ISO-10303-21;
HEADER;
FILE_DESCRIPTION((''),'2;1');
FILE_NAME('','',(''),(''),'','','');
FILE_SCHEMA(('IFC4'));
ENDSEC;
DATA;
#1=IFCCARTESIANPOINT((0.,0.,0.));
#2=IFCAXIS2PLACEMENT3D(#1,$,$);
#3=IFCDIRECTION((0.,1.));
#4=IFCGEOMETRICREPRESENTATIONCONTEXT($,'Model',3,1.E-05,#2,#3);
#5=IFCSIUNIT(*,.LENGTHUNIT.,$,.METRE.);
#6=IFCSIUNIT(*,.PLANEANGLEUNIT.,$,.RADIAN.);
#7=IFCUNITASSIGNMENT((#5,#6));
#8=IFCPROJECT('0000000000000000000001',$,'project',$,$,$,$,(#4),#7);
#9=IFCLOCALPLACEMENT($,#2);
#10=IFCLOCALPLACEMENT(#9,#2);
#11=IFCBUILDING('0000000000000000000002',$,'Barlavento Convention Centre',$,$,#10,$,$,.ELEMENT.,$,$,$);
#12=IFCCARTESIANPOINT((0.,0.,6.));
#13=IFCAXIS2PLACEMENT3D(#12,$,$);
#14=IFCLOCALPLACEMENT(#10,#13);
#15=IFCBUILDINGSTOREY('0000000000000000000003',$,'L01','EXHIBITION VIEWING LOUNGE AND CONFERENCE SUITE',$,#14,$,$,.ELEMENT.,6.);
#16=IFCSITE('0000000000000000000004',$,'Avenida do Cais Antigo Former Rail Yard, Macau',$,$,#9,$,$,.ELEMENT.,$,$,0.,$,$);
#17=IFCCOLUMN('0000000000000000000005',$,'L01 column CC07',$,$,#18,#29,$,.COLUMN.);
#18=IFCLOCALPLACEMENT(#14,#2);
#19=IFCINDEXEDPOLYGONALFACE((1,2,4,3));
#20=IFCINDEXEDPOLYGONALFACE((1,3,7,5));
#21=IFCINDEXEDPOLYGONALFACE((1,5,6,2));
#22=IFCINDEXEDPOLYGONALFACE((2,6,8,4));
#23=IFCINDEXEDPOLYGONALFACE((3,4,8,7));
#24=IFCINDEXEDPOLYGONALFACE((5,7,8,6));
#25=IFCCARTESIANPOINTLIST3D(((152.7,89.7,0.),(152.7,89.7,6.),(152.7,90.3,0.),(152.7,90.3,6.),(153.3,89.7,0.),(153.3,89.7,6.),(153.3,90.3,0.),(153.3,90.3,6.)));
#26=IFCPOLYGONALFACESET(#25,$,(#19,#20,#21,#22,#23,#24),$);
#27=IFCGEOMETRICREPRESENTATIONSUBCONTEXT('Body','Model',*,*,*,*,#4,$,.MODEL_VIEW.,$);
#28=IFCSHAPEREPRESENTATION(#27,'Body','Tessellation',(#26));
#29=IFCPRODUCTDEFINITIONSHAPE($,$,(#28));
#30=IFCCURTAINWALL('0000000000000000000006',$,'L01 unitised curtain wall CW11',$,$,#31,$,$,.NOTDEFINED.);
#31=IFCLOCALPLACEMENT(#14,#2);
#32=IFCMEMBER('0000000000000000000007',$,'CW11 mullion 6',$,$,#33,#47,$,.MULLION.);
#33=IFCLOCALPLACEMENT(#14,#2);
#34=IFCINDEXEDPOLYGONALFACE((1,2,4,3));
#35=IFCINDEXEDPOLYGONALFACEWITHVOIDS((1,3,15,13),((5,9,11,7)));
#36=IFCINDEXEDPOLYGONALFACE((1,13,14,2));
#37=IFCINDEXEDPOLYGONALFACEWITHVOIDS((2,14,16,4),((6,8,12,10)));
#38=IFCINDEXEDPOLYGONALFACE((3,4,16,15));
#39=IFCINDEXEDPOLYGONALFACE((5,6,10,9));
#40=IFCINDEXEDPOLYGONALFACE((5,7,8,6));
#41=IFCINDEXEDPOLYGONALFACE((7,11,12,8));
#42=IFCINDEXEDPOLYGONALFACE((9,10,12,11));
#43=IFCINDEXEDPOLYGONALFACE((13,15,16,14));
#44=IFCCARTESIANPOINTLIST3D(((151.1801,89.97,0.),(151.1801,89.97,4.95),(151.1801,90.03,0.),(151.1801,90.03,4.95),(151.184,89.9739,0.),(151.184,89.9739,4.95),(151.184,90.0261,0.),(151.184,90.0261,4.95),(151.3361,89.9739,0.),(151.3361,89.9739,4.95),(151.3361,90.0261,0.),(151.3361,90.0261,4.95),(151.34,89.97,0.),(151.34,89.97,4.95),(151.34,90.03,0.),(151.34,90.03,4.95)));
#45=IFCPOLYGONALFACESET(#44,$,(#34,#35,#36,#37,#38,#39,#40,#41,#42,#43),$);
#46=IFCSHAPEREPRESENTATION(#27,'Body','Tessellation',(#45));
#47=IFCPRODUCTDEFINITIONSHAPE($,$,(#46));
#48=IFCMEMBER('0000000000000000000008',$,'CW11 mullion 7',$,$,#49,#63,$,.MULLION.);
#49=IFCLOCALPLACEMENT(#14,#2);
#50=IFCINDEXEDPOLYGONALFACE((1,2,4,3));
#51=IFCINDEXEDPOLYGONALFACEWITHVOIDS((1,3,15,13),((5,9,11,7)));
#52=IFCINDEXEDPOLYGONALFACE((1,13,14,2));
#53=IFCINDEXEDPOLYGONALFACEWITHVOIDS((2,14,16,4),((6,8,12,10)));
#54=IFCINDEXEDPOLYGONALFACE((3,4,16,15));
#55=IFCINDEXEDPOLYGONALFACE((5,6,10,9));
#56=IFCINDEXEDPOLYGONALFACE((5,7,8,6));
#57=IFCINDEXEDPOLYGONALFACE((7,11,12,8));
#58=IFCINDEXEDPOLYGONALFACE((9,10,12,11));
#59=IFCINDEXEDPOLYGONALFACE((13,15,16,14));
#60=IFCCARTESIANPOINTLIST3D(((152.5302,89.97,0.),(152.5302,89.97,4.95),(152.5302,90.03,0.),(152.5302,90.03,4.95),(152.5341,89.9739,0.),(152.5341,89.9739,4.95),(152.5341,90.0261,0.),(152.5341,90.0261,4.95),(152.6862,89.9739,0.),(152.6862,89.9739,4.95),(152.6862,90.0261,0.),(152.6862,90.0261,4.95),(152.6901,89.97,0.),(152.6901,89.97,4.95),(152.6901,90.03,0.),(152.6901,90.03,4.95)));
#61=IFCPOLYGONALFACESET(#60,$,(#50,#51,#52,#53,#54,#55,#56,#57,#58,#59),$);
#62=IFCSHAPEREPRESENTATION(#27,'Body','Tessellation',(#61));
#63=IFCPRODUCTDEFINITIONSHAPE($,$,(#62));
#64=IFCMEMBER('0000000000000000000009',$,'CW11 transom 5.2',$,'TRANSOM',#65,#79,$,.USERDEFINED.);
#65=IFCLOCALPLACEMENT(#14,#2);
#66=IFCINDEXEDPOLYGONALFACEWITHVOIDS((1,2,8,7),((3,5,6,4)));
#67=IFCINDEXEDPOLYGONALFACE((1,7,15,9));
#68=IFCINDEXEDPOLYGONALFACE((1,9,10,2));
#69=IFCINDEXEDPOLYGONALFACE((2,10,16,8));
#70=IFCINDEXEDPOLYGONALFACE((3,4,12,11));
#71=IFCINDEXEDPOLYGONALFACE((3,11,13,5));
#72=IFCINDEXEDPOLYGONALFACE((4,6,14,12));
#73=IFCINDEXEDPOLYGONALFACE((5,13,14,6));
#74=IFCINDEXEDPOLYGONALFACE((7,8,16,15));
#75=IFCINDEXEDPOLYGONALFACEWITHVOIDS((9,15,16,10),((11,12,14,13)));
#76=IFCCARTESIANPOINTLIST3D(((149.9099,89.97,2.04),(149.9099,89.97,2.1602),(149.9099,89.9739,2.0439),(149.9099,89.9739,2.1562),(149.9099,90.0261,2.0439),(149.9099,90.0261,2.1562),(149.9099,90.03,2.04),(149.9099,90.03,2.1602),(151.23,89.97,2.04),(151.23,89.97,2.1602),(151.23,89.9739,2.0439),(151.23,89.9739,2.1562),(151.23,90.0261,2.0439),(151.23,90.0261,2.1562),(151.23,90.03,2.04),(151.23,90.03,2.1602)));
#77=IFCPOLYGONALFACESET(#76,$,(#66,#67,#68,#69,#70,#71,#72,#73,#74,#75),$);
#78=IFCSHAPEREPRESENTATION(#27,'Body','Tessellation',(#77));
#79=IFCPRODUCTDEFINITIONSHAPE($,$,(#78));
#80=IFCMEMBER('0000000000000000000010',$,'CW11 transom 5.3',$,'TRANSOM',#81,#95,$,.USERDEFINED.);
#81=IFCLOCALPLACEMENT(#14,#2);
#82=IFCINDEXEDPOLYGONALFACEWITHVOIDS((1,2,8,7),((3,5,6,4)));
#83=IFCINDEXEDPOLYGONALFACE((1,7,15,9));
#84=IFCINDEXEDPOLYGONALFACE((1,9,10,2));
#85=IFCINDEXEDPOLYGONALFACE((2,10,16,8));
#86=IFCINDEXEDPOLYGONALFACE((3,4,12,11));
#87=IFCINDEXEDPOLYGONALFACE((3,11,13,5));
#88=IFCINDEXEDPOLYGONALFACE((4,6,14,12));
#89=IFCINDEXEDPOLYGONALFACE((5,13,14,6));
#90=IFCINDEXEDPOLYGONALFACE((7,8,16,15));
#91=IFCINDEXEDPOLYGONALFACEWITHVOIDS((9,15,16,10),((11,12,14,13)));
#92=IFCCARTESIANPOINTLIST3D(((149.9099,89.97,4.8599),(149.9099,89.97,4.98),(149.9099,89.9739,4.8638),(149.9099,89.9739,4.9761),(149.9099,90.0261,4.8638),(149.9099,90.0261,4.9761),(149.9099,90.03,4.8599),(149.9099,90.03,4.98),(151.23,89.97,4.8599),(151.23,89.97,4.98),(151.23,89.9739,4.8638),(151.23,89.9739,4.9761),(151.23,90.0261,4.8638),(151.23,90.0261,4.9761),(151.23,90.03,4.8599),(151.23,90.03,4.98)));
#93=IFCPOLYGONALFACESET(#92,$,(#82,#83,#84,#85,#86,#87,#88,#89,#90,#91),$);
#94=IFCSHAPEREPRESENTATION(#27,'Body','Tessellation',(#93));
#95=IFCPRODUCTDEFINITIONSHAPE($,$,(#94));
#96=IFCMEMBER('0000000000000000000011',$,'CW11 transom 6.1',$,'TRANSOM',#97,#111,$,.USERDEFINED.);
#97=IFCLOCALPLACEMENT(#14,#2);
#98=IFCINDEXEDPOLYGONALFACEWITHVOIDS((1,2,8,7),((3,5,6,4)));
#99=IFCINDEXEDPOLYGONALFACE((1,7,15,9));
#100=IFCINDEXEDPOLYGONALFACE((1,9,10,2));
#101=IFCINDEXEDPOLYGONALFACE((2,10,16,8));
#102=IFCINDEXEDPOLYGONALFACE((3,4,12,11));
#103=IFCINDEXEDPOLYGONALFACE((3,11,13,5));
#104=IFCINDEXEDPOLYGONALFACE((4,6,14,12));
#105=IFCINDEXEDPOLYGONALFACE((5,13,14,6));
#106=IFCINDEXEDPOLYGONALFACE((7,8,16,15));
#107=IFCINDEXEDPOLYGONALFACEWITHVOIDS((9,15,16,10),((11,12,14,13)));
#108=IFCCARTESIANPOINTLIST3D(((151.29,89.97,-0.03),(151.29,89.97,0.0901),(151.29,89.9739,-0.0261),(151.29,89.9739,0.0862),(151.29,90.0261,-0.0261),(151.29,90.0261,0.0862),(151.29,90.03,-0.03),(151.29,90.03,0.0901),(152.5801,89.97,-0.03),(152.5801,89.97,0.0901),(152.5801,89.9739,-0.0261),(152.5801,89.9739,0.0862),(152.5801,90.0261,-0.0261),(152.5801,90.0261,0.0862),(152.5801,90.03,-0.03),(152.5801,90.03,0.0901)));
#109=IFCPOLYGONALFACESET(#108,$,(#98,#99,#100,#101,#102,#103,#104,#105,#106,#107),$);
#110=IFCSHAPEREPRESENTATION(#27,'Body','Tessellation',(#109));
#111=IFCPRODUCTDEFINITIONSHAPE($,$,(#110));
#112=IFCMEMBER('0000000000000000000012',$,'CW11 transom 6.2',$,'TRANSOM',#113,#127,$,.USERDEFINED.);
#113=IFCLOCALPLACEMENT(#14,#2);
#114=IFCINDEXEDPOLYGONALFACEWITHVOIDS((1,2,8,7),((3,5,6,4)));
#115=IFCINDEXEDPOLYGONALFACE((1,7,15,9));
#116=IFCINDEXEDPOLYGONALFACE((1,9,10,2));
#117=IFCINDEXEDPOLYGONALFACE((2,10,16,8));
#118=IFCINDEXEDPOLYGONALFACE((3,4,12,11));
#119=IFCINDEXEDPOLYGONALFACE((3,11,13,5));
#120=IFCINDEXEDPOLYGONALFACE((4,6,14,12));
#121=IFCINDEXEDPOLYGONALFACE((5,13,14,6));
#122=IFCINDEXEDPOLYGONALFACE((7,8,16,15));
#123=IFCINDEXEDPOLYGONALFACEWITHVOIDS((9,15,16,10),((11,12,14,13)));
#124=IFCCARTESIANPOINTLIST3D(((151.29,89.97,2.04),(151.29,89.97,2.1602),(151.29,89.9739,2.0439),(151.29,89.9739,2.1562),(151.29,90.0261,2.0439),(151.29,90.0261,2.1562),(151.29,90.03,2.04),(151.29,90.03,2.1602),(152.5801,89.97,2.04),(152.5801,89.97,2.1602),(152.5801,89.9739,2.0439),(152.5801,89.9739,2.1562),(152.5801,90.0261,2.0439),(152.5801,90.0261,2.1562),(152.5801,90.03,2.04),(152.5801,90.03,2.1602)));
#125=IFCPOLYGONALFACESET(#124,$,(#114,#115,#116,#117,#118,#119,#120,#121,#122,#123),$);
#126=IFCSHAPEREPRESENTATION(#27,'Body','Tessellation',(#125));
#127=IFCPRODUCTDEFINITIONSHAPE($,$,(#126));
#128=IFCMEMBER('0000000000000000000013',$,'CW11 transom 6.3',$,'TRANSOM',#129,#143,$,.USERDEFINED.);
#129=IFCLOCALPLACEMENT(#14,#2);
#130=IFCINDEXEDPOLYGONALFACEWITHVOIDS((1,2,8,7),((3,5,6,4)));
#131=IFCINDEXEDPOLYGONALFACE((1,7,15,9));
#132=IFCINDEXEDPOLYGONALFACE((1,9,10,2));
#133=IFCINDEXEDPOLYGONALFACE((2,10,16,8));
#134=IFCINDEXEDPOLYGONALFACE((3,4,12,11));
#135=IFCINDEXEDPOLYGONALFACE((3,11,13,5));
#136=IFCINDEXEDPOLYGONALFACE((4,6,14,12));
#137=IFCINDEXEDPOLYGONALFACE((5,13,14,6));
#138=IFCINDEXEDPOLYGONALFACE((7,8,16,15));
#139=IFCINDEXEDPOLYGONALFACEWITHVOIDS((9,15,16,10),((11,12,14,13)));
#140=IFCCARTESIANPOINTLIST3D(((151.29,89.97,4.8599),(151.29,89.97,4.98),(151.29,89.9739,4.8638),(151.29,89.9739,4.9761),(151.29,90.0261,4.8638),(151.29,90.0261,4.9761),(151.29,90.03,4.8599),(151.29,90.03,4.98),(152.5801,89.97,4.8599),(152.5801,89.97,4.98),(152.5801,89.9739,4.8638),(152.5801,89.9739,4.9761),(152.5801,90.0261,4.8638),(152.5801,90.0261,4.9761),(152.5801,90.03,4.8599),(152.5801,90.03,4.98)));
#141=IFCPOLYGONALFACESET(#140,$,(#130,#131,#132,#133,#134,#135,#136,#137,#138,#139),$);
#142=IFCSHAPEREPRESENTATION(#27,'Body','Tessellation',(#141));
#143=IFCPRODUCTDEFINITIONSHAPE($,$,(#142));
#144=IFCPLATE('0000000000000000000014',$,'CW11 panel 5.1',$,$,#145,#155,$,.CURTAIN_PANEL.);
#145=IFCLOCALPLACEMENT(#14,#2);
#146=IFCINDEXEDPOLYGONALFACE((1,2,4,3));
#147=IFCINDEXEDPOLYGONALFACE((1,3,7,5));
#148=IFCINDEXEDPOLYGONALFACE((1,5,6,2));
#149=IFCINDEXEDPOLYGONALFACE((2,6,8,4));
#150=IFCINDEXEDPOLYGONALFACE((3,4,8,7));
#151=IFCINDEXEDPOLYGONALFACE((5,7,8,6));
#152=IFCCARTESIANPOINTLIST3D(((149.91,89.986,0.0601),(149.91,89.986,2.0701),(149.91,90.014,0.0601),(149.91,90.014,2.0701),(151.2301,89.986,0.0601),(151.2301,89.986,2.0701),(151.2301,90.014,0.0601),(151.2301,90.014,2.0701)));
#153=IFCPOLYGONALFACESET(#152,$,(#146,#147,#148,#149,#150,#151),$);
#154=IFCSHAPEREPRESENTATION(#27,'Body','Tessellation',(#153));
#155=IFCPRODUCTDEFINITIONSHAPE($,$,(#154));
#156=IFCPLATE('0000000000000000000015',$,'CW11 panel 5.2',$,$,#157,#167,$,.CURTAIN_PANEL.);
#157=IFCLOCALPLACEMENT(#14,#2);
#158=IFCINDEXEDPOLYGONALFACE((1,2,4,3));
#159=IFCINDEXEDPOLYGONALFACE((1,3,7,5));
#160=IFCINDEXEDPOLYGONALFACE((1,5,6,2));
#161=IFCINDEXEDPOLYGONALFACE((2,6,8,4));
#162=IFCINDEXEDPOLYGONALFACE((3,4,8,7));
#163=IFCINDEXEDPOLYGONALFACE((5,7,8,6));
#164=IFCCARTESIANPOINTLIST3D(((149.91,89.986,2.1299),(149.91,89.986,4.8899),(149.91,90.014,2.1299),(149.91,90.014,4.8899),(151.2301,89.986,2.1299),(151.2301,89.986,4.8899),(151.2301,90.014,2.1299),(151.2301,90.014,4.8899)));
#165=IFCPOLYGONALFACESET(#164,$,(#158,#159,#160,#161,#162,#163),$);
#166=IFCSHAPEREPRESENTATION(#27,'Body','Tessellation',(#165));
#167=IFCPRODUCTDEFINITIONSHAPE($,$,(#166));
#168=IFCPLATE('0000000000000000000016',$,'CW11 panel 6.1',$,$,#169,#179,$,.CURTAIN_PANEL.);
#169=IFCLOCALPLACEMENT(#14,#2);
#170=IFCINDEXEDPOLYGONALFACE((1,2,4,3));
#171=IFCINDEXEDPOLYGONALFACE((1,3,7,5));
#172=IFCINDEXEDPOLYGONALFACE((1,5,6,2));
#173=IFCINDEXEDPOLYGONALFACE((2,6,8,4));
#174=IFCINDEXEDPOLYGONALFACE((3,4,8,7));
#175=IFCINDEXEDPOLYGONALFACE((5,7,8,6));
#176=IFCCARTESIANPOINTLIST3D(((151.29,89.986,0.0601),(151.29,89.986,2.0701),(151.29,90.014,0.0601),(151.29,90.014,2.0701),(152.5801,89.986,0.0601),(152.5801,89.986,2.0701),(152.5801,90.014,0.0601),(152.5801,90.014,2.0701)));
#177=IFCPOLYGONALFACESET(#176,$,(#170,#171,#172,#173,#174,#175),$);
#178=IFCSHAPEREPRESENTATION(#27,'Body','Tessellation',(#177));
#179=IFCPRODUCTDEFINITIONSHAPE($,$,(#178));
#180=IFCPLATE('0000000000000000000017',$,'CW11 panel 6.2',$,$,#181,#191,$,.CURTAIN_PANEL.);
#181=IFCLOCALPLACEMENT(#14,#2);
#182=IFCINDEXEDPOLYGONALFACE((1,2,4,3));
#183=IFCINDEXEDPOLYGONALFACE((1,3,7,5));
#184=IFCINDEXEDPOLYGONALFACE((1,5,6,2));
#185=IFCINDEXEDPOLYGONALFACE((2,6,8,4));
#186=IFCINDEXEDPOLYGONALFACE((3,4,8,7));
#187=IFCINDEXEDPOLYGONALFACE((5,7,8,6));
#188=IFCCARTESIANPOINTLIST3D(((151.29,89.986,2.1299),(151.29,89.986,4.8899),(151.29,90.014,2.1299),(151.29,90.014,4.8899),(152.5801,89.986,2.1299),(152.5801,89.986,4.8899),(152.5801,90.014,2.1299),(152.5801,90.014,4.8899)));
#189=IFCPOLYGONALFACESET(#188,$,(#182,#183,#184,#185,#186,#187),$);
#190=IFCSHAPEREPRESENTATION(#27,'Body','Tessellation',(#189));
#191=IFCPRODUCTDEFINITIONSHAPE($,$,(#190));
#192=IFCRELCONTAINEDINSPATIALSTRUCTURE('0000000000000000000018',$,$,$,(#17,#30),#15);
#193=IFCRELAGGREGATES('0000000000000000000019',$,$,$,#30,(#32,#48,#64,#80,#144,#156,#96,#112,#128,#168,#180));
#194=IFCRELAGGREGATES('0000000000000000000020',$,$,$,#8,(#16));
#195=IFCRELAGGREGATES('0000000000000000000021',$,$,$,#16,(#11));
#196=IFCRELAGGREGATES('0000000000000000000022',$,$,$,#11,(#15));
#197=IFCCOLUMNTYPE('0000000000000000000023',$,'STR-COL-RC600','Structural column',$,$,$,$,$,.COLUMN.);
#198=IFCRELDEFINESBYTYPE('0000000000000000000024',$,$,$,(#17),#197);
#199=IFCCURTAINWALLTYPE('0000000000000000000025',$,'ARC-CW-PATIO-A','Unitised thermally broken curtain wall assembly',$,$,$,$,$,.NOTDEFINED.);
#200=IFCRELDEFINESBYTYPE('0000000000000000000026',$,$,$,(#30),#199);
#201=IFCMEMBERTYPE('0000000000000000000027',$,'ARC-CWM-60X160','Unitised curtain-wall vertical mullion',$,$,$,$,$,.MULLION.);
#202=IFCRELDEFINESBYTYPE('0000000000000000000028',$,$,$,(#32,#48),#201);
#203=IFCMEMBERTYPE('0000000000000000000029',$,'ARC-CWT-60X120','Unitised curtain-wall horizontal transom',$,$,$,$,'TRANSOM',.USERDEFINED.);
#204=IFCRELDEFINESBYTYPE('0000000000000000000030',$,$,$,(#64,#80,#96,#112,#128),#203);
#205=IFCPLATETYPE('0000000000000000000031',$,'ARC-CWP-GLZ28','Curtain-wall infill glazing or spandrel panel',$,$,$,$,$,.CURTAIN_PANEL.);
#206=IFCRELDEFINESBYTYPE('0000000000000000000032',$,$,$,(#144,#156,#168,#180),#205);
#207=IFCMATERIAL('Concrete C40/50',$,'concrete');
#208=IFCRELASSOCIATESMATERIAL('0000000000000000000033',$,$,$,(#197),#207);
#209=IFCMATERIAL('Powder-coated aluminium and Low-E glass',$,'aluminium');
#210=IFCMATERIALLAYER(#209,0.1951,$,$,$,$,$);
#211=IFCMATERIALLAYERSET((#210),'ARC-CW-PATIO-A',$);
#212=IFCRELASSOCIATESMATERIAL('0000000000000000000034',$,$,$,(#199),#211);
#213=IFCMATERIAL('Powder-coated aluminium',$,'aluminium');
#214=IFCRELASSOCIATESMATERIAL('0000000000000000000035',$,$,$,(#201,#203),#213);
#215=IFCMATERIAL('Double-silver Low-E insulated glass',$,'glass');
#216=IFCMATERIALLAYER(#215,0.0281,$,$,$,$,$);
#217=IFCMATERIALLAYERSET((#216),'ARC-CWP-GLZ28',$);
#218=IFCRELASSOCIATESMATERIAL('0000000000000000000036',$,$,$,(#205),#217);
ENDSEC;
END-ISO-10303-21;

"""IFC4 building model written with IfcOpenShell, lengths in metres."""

from ifc_helpers import new_model, si_unit, direction, frame, origin, origin_2d, place, context, subcontext, project, spatial, rectangle, hollow_rectangle, extrude, material, layer, layer_set, material_profile, profile_set, type_object, element, aggregate, save


model = new_model("IFC4")

# Units and contexts
model_context = context("Model", 3, precision=1e-05, world=origin(), true_north=direction((0.0, 1.0)))
body_context = subcontext(model_context, "Body", "Model", "MODEL_VIEW")
ifc_project = project(units=[si_unit("LENGTHUNIT", "METRE"), si_unit("PLANEANGLEUNIT", "RADIAN")], contexts=[model_context])

# Site, building, storey
site_placement = place(None, origin())
site = spatial("IfcSite", under=ifc_project, at=site_placement, Name="Avenida do Cais Antigo Former Rail Yard, Macau", CompositionType="ELEMENT", RefElevation=0.0)
building_placement = place(site_placement, origin())
building = spatial("IfcBuilding", under=site, at=building_placement, Name="Barlavento Convention Centre", CompositionType="ELEMENT")
storey_placement = place(building_placement, frame((0.0, 0.0, 6.0)))
storey = spatial("IfcBuildingStorey", under=building, at=storey_placement, Name="L01", Description="EXHIBITION VIEWING LOUNGE AND CONFERENCE SUITE", CompositionType="ELEMENT", Elevation=6.0)

# Column
ifc_material_1 = material(Name="Concrete C40/50", Category="concrete")
ifc_material_profile_1 = material_profile(ifc_material_1, rectangle(XDim=0.6001, YDim=0.6001, at=origin_2d()), Name="RC 600x600")
ifc_profile_set_1 = profile_set([ifc_material_profile_1], Name="Concrete C40/50")
column_type = type_object("IfcColumnType", Name="STR-COL-RC600", Description="Structural column", PredefinedType="COLUMN", material=ifc_profile_set_1)
column_placement = place(storey_placement, frame((153.0, 90.0, 0.0), z_axis=(0.0, 0.0, 1.0), x_axis=(1.0, 0.0, 0.0)))
element("IfcColumn", 1, at=column_placement, inside=storey, type_object=column_type, Name="L01 column CC07", PredefinedType="COLUMN", context=body_context, shape_type="SweptSolid", body=[
    extrude(rectangle(XDim=0.6001, YDim=0.6001, at=origin_2d()), origin(), (0.0, 0.0, 1.0), 6.0),
])

# Curtain wall, members, plates
ifc_material_2 = material(Name="Powder-coated aluminium and Low-E glass", Category="aluminium")
ifc_layer_1 = layer(ifc_material_2, 0.1951)
ifc_layer_set_1 = layer_set([ifc_layer_1], Name="ARC-CW-PATIO-A")
curtain_wall_type = type_object("IfcCurtainWallType", Name="ARC-CW-PATIO-A", Description="Unitised thermally broken curtain wall assembly", PredefinedType="NOTDEFINED", material=ifc_layer_set_1)
curtain_wall_placement = place(storey_placement, origin())
curtain_wall = element("IfcCurtainWall", 2, at=curtain_wall_placement, inside=storey, type_object=curtain_wall_type, Name="L01 unitised curtain wall CW11", PredefinedType="NOTDEFINED")
ifc_material_3 = material(Name="Powder-coated aluminium", Category="aluminium")
ifc_material_profile_2 = material_profile(ifc_material_3, hollow_rectangle(XDim=0.0601, YDim=0.1599, WallThickness=0.0039, at=origin_2d()), Name="AL-MULL 60x160x4")
ifc_profile_set_2 = profile_set([ifc_material_profile_2], Name="Powder-coated aluminium")
member_type_1 = type_object("IfcMemberType", Name="ARC-CWM-60X160", Description="Unitised curtain-wall vertical mullion", PredefinedType="MULLION", material=ifc_profile_set_2)
member_1_placement = place(storey_placement, frame((151.26, 90.0, 0.0), z_axis=(0.0, 0.0, 1.0), x_axis=(0.0, 1.0, 0.0)))
member_1 = element("IfcMember", 3, at=member_1_placement, type_object=member_type_1, Name="CW11 mullion 6", PredefinedType="MULLION", context=body_context, shape_type="SweptSolid", body=[
    extrude(hollow_rectangle(XDim=0.0601, YDim=0.1599, WallThickness=0.0039, at=origin_2d()), origin(), (0.0, 0.0, 1.0), 4.95),
])
member_2_placement = place(storey_placement, frame((152.6101, 90.0, 0.0), z_axis=(0.0, 0.0, 1.0), x_axis=(0.0, 1.0, 0.0)))
member_2 = element("IfcMember", 4, at=member_2_placement, type_object=member_type_1, Name="CW11 mullion 7", PredefinedType="MULLION", context=body_context, shape_type="SweptSolid", body=[
    extrude(hollow_rectangle(XDim=0.0601, YDim=0.1599, WallThickness=0.0039, at=origin_2d()), origin(), (0.0, 0.0, 1.0), 4.95),
])
ifc_material_profile_3 = material_profile(ifc_material_3, hollow_rectangle(XDim=0.0601, YDim=0.1201, WallThickness=0.0039, at=origin_2d()), Name="AL-TRAN 60x120x4")
ifc_profile_set_3 = profile_set([ifc_material_profile_3], Name="Powder-coated aluminium")
member_type_2 = type_object("IfcMemberType", Name="ARC-CWT-60X120", Description="Unitised curtain-wall horizontal transom", ElementType="TRANSOM", PredefinedType="USERDEFINED", material=ifc_profile_set_3)
member_3_placement = place(storey_placement, frame((149.9099, 90.0, 2.1001), z_axis=(1.0, 0.0, 0.0), x_axis=(0.0, 1.0, 0.0)))
member_3 = element("IfcMember", 5, at=member_3_placement, type_object=member_type_2, Name="CW11 transom 5.2", ObjectType="TRANSOM", PredefinedType="USERDEFINED", context=body_context, shape_type="SweptSolid", body=[
    extrude(hollow_rectangle(XDim=0.0601, YDim=0.1201, WallThickness=0.0039, at=origin_2d()), origin(), (0.0, 0.0, 1.0), 1.3201),
])
member_4_placement = place(storey_placement, frame((149.9099, 90.0, 4.9199), z_axis=(1.0, 0.0, 0.0), x_axis=(0.0, 1.0, 0.0)))
member_4 = element("IfcMember", 6, at=member_4_placement, type_object=member_type_2, Name="CW11 transom 5.3", ObjectType="TRANSOM", PredefinedType="USERDEFINED", context=body_context, shape_type="SweptSolid", body=[
    extrude(hollow_rectangle(XDim=0.0601, YDim=0.1201, WallThickness=0.0039, at=origin_2d()), origin(), (0.0, 0.0, 1.0), 1.3201),
])
member_5_placement = place(storey_placement, frame((151.29, 90.0, 0.03), z_axis=(1.0, 0.0, 0.0), x_axis=(0.0, 1.0, 0.0)))
member_5 = element("IfcMember", 7, at=member_5_placement, type_object=member_type_2, Name="CW11 transom 6.1", ObjectType="TRANSOM", PredefinedType="USERDEFINED", context=body_context, shape_type="SweptSolid", body=[
    extrude(hollow_rectangle(XDim=0.0601, YDim=0.1201, WallThickness=0.0039, at=origin_2d()), origin(), (0.0, 0.0, 1.0), 1.29),
])
member_6_placement = place(storey_placement, frame((151.29, 90.0, 2.1001), z_axis=(1.0, 0.0, 0.0), x_axis=(0.0, 1.0, 0.0)))
member_6 = element("IfcMember", 8, at=member_6_placement, type_object=member_type_2, Name="CW11 transom 6.2", ObjectType="TRANSOM", PredefinedType="USERDEFINED", context=body_context, shape_type="SweptSolid", body=[
    extrude(hollow_rectangle(XDim=0.0601, YDim=0.1201, WallThickness=0.0039, at=origin_2d()), origin(), (0.0, 0.0, 1.0), 1.29),
])
member_7_placement = place(storey_placement, frame((151.29, 90.0, 4.9199), z_axis=(1.0, 0.0, 0.0), x_axis=(0.0, 1.0, 0.0)))
member_7 = element("IfcMember", 9, at=member_7_placement, type_object=member_type_2, Name="CW11 transom 6.3", ObjectType="TRANSOM", PredefinedType="USERDEFINED", context=body_context, shape_type="SweptSolid", body=[
    extrude(hollow_rectangle(XDim=0.0601, YDim=0.1201, WallThickness=0.0039, at=origin_2d()), origin(), (0.0, 0.0, 1.0), 1.29),
])
ifc_material_4 = material(Name="Double-silver Low-E insulated glass", Category="glass")
ifc_layer_2 = layer(ifc_material_4, 0.0281)
ifc_layer_set_2 = layer_set([ifc_layer_2], Name="ARC-CWP-GLZ28")
plate_type = type_object("IfcPlateType", Name="ARC-CWP-GLZ28", Description="Curtain-wall infill glazing or spandrel panel", PredefinedType="CURTAIN_PANEL", material=ifc_layer_set_2)
plate_1_placement = place(storey_placement, frame((150.5701, 90.0, 0.0601), z_axis=(0.0, 0.0, 1.0), x_axis=(1.0, 0.0, 0.0)))
plate_1 = element("IfcPlate", 10, at=plate_1_placement, type_object=plate_type, Name="CW11 panel 5.1", PredefinedType="CURTAIN_PANEL", context=body_context, shape_type="SweptSolid", body=[
    extrude(rectangle(XDim=1.3201, YDim=0.0281, at=origin_2d()), origin(), (0.0, 0.0, 1.0), 2.01),
])
plate_2_placement = place(storey_placement, frame((150.5701, 90.0, 2.1299), z_axis=(0.0, 0.0, 1.0), x_axis=(1.0, 0.0, 0.0)))
plate_2 = element("IfcPlate", 11, at=plate_2_placement, type_object=plate_type, Name="CW11 panel 5.2", PredefinedType="CURTAIN_PANEL", context=body_context, shape_type="SweptSolid", body=[
    extrude(rectangle(XDim=1.3201, YDim=0.0281, at=origin_2d()), origin(), (0.0, 0.0, 1.0), 2.76),
])
plate_3_placement = place(storey_placement, frame((151.9351, 90.0, 0.0601), z_axis=(0.0, 0.0, 1.0), x_axis=(1.0, 0.0, 0.0)))
plate_3 = element("IfcPlate", 12, at=plate_3_placement, type_object=plate_type, Name="CW11 panel 6.1", PredefinedType="CURTAIN_PANEL", context=body_context, shape_type="SweptSolid", body=[
    extrude(rectangle(XDim=1.29, YDim=0.0281, at=origin_2d()), origin(), (0.0, 0.0, 1.0), 2.01),
])
plate_4_placement = place(storey_placement, frame((151.9351, 90.0, 2.1299), z_axis=(0.0, 0.0, 1.0), x_axis=(1.0, 0.0, 0.0)))
plate_4 = element("IfcPlate", 13, at=plate_4_placement, type_object=plate_type, Name="CW11 panel 6.2", PredefinedType="CURTAIN_PANEL", context=body_context, shape_type="SweptSolid", body=[
    extrude(rectangle(XDim=1.29, YDim=0.0281, at=origin_2d()), origin(), (0.0, 0.0, 1.0), 2.76),
])
aggregate(curtain_wall, [member_1, member_2, member_3, member_4, plate_1, plate_2, member_5, member_6, member_7, plate_3, plate_4])

save(model, "model.ifc")
